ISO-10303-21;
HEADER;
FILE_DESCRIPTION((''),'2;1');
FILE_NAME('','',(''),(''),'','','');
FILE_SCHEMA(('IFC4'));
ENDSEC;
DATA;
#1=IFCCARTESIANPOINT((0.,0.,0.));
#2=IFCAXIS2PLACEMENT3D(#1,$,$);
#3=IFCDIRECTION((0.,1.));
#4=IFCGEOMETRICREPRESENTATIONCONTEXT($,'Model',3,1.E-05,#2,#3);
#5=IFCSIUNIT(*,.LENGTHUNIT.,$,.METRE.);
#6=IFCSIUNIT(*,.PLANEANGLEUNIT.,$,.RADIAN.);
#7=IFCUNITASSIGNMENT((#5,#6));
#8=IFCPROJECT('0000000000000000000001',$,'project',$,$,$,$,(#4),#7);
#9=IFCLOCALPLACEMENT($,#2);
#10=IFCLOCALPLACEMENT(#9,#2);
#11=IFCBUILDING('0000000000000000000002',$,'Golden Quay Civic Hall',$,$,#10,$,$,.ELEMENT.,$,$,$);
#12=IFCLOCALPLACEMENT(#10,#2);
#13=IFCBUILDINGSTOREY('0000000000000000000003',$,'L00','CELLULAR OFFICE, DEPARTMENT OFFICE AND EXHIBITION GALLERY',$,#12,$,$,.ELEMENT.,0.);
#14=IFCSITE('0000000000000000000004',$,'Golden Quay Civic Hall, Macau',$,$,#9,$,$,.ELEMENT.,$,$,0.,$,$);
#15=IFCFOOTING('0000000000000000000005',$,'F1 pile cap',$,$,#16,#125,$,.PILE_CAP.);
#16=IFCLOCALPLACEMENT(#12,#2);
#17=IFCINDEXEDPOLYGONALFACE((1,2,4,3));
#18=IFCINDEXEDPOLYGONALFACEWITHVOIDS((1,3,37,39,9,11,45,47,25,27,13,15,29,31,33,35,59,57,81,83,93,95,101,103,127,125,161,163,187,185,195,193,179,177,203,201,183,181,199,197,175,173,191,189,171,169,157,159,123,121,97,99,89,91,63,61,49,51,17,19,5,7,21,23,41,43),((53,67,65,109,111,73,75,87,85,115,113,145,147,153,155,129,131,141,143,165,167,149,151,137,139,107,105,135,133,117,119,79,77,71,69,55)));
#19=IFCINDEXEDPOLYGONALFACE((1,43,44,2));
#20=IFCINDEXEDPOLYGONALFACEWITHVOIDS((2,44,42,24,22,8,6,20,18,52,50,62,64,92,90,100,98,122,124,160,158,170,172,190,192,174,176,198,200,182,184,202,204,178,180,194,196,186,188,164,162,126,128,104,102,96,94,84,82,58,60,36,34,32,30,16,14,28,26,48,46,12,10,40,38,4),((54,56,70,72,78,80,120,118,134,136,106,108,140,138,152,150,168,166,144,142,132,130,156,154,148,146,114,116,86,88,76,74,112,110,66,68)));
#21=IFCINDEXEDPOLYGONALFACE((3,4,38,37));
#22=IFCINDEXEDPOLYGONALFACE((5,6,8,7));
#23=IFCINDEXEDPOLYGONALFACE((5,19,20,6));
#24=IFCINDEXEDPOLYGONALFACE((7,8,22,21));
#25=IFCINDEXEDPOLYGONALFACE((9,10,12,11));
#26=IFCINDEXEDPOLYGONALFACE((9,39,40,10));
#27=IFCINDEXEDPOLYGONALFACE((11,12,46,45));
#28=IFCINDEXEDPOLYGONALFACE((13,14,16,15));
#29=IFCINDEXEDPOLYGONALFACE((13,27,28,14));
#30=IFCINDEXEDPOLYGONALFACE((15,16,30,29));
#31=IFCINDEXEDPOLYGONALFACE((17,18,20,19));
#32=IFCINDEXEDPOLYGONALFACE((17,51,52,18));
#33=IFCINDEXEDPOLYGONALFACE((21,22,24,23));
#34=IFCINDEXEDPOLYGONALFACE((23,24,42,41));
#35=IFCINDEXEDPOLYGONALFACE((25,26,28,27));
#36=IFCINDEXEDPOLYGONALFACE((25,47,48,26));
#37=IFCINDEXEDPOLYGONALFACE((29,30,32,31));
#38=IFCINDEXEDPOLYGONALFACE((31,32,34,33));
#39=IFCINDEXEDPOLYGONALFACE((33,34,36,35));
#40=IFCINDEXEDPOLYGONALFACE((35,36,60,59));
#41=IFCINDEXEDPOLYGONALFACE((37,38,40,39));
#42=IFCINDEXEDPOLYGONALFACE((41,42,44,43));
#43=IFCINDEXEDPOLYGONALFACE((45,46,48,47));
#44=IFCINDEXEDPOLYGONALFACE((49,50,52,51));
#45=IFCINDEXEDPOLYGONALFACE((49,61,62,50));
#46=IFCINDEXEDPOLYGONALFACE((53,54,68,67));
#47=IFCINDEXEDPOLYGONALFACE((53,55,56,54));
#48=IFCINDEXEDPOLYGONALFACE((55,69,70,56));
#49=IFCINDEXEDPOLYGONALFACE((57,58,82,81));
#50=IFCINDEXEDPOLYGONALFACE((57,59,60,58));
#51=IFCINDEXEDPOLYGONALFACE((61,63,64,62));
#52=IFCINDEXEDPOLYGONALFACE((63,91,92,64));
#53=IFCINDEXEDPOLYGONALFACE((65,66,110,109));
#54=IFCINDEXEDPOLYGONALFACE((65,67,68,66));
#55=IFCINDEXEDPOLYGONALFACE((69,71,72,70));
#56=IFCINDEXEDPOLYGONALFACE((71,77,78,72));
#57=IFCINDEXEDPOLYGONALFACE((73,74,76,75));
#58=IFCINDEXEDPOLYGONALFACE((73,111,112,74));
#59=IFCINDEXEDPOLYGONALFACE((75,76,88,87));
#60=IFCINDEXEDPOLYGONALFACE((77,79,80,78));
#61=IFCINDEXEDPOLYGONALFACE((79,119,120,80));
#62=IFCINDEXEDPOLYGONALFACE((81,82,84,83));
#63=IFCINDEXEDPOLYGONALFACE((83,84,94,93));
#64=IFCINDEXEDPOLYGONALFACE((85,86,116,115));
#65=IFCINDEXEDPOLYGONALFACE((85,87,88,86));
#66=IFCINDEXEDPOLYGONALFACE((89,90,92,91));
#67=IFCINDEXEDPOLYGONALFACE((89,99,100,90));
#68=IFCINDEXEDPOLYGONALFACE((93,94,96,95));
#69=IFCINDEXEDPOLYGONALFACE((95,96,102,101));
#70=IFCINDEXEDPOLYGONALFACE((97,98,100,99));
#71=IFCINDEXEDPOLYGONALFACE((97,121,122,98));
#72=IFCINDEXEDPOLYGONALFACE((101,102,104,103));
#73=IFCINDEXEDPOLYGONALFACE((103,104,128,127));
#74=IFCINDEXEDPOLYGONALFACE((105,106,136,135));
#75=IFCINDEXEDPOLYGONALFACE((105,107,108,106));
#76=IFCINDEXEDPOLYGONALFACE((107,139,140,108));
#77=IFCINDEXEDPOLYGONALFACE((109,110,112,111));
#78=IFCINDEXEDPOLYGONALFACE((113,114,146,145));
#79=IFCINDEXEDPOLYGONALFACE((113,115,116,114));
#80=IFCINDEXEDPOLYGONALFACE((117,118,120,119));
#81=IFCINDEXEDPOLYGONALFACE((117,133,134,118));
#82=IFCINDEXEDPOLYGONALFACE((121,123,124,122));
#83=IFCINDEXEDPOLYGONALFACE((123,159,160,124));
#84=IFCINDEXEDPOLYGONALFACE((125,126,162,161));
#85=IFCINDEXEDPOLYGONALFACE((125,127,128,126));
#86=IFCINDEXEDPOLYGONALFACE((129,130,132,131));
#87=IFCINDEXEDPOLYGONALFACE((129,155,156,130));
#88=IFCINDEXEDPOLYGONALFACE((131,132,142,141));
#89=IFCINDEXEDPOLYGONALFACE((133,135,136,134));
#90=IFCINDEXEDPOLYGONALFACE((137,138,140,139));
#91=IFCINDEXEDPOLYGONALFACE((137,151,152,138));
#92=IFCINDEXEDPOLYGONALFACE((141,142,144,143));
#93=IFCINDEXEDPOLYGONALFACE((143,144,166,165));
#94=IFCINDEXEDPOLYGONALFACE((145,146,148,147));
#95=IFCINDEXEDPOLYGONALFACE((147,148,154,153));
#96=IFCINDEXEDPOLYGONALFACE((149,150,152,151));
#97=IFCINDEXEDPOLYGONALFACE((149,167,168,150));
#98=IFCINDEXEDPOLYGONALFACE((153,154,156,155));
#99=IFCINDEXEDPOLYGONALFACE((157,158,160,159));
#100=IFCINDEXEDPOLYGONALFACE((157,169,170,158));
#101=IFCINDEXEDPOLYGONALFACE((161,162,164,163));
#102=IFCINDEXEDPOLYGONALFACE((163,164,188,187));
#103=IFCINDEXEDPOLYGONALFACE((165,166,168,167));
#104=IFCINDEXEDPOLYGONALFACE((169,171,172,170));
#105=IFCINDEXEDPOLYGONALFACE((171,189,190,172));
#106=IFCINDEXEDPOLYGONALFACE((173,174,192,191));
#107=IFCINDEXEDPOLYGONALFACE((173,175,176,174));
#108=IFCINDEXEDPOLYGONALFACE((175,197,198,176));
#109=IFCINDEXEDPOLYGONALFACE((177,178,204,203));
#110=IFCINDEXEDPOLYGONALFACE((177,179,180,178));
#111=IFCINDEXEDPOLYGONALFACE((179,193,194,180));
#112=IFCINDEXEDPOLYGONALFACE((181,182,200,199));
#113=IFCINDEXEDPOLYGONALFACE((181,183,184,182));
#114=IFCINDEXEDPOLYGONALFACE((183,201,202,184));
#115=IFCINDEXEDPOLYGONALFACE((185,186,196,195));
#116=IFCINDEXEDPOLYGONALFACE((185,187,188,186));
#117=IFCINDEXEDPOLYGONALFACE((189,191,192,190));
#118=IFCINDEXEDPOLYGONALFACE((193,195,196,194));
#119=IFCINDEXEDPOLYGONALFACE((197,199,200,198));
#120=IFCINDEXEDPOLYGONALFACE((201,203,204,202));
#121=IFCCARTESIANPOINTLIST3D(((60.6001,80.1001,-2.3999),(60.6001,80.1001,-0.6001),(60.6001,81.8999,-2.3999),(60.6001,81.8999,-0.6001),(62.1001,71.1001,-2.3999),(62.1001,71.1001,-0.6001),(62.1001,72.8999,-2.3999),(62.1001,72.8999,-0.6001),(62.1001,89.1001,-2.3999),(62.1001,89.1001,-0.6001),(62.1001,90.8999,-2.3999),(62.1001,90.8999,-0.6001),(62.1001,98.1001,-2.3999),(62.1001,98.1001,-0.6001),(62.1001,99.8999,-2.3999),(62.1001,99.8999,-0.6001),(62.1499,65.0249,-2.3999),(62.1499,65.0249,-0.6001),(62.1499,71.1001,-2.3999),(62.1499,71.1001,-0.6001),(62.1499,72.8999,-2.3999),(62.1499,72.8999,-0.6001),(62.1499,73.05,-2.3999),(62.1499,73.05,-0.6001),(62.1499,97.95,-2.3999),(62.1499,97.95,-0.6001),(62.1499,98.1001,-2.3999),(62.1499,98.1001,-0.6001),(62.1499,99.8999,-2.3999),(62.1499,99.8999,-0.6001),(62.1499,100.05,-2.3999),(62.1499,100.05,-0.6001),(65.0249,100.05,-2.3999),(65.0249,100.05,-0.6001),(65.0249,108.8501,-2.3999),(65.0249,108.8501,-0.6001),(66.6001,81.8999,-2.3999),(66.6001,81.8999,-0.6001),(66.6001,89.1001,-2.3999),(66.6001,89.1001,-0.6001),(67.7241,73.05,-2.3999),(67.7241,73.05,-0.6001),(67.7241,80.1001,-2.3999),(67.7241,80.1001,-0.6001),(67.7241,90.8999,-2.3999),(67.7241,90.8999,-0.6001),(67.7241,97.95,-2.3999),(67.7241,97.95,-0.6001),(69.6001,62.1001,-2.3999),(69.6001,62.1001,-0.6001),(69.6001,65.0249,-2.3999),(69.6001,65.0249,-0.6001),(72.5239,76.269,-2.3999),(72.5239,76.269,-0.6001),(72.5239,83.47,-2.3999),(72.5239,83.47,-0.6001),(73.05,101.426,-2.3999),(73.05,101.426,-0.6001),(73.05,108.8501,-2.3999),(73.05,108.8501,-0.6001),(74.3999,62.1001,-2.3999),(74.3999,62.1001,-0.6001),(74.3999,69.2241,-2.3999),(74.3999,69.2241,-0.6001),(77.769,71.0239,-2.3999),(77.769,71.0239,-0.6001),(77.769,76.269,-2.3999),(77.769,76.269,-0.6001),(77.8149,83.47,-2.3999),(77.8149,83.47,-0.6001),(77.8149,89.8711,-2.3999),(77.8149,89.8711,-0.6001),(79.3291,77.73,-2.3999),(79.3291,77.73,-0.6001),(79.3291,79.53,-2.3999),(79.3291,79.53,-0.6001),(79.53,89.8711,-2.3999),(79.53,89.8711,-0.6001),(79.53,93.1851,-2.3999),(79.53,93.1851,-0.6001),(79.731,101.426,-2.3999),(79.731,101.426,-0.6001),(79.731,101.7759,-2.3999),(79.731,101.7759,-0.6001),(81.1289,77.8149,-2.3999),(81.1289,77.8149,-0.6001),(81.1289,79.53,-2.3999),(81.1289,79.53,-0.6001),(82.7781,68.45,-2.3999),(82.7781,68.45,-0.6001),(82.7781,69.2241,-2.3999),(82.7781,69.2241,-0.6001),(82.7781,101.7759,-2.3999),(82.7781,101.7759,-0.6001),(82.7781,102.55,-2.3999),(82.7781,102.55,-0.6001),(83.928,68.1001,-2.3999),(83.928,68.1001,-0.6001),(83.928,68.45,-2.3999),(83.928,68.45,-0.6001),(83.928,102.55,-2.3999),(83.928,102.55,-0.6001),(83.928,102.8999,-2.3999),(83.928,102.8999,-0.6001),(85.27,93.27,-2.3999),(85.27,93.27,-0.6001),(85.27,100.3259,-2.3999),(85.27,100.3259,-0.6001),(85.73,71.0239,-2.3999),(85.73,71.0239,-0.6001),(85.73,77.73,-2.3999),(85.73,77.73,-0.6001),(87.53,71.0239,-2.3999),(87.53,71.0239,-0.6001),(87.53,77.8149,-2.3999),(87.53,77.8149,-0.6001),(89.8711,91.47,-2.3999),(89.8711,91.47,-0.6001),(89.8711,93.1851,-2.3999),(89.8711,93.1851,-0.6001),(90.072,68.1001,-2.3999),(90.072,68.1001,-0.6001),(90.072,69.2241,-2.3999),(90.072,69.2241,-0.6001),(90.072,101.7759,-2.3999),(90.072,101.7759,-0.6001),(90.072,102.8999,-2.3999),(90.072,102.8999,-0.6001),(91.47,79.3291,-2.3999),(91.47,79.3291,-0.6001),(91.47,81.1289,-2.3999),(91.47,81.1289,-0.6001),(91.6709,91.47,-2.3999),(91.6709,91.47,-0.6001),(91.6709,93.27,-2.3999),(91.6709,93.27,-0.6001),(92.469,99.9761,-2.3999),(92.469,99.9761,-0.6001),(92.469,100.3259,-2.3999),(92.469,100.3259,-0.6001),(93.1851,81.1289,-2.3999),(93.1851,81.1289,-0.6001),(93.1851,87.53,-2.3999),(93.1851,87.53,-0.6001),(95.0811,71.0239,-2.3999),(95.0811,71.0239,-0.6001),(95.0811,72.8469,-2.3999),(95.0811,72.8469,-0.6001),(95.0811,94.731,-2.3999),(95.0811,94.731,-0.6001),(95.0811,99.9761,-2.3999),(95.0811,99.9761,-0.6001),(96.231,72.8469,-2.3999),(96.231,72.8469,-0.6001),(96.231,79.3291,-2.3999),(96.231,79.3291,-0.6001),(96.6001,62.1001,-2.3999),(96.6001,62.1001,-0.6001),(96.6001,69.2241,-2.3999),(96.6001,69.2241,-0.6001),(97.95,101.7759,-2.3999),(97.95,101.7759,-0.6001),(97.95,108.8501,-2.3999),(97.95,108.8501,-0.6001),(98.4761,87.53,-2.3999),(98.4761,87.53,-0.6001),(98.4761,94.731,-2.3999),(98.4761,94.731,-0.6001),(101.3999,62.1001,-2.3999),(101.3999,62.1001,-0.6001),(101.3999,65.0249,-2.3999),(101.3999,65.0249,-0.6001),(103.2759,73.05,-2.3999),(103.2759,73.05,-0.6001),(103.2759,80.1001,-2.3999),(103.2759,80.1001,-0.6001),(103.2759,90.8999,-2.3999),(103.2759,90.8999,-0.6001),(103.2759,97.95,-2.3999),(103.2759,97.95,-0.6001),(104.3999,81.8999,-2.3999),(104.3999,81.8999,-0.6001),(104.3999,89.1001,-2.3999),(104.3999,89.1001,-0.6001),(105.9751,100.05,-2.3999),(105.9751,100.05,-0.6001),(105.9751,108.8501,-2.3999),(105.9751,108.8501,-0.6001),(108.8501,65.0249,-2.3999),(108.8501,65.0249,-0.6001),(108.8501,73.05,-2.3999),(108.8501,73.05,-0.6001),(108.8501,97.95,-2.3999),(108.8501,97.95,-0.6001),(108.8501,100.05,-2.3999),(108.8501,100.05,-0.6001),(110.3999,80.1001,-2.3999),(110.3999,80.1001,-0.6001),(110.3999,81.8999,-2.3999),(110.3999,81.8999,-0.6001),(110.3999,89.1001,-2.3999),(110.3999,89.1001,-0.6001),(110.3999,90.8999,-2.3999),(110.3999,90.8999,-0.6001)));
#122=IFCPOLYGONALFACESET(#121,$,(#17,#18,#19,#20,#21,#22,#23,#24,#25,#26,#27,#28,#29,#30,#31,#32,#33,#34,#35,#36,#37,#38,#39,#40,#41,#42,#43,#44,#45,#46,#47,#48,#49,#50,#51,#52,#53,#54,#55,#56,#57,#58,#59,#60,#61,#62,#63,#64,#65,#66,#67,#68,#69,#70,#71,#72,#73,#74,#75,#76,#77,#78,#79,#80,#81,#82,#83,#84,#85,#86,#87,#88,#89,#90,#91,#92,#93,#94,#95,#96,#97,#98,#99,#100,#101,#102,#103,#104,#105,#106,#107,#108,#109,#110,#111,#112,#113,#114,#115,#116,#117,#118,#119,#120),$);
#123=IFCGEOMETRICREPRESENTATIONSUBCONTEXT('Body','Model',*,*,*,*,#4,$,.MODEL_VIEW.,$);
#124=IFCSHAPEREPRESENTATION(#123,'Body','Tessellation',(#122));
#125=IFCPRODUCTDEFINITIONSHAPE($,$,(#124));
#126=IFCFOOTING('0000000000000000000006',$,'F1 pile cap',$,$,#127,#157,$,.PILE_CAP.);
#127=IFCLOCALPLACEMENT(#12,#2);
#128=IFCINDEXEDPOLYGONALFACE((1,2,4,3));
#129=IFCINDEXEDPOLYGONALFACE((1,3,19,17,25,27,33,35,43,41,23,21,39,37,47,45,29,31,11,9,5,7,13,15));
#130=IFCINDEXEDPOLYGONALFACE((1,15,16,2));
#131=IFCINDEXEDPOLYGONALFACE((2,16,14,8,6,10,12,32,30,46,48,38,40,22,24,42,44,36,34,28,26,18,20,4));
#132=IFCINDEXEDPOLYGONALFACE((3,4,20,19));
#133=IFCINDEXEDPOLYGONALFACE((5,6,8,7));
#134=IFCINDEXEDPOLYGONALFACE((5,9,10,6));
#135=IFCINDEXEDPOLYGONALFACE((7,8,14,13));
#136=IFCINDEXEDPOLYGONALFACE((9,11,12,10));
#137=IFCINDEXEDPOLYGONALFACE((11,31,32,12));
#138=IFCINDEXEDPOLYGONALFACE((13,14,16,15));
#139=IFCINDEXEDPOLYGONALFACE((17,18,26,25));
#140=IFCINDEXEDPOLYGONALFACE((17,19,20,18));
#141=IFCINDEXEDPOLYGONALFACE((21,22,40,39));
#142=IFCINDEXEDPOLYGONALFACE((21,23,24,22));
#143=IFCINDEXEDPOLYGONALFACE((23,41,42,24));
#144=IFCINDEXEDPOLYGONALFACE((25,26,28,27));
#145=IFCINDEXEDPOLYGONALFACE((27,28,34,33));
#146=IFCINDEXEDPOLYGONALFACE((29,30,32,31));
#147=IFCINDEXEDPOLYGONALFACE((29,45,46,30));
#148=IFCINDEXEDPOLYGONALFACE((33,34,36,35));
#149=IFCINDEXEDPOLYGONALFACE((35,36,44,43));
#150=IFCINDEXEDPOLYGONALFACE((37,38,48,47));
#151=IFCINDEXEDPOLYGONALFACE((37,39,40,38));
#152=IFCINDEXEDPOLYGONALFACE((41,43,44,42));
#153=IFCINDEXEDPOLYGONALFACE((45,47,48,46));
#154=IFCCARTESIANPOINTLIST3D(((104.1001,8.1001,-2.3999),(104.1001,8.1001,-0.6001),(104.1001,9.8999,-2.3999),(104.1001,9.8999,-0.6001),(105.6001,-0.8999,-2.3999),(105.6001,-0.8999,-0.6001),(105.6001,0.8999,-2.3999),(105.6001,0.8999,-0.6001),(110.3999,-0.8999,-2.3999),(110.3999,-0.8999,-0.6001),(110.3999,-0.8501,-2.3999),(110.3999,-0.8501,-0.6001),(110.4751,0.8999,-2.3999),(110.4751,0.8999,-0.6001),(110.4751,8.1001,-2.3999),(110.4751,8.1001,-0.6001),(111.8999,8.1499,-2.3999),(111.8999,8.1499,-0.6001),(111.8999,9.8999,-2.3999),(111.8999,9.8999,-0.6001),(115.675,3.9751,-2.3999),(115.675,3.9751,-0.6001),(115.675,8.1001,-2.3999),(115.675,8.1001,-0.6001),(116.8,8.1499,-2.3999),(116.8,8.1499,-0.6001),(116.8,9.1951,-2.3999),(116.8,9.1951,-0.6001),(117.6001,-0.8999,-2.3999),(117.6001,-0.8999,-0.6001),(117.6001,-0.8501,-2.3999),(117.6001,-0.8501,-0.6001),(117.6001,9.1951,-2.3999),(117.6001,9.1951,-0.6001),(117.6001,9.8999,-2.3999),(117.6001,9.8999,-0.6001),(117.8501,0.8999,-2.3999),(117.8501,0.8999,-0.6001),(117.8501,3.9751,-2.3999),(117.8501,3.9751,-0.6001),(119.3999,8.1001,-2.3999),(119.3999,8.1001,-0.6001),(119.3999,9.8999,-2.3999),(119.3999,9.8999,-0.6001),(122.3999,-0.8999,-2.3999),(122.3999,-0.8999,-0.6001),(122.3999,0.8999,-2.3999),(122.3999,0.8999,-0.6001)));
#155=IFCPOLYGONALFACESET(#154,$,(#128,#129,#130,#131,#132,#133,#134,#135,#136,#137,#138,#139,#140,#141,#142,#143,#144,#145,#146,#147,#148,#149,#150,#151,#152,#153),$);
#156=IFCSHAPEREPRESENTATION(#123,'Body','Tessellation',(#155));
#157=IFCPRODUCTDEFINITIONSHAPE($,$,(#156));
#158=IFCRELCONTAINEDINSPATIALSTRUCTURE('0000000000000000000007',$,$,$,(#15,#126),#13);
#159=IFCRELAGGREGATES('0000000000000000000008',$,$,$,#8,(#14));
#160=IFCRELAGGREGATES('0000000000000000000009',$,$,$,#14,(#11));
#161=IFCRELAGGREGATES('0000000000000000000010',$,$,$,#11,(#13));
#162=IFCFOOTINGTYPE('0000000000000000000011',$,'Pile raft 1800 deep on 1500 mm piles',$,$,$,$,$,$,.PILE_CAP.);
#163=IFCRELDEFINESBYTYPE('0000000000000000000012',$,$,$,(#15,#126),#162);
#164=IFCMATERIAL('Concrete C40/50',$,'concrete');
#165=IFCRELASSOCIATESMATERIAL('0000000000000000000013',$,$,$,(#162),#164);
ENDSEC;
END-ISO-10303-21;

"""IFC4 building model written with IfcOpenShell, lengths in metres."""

from ifc_helpers import new_model, si_unit, direction, frame, origin, place, context, subcontext, project, spatial, polyline, outline, extrude, material, type_object, element, save


model = new_model("IFC4")

# Units and contexts
model_context = context("Model", 3, precision=1e-05, world=origin(), true_north=direction((0.0, 1.0)))
body_context = subcontext(model_context, "Body", "Model", "MODEL_VIEW")
ifc_project = project(units=[si_unit("LENGTHUNIT", "METRE"), si_unit("PLANEANGLEUNIT", "RADIAN")], contexts=[model_context])

# Site, building, storey
site_placement = place(None, origin())
site = spatial("IfcSite", under=ifc_project, at=site_placement, Name="Golden Quay Civic Hall, Macau", CompositionType="ELEMENT", RefElevation=0.0)
building_placement = place(site_placement, origin())
building = spatial("IfcBuilding", under=site, at=building_placement, Name="Golden Quay Civic Hall", CompositionType="ELEMENT")
storey_placement = place(building_placement, origin())
storey = spatial("IfcBuildingStorey", under=building, at=storey_placement, Name="L00", Description="CELLULAR OFFICE, DEPARTMENT OFFICE AND EXHIBITION GALLERY", CompositionType="ELEMENT", Elevation=0.0)

# Footings
ifc_material_1 = material(Name="Concrete C40/50", Category="concrete")
footing_type_1 = type_object("IfcFootingType", Name="Pile raft 1800 deep on 1500 mm piles", PredefinedType="PILE_CAP", material=ifc_material_1)
footing_1_placement = place(storey_placement, frame((0.0, 0.0, -2.3999)))
element("IfcFooting", 1, at=footing_1_placement, inside=storey, type_object=footing_type_1, Name="F1 pile cap", PredefinedType="PILE_CAP", context=body_context, shape_type="SweptSolid", body=[
    extrude(outline(polyline([(62.1001, 72.8999), (62.1499, 72.8999), (62.1499, 73.05), (67.7241, 73.05), (67.7241, 80.1001), (60.6001, 80.1001), (60.6001, 81.8999), (66.6001, 81.8999), (66.6001, 89.1001), (62.1001, 89.1001), (62.1001, 90.8999), (67.7241, 90.8999), (67.7241, 97.95), (62.1499, 97.95), (62.1499, 98.1001), (62.1001, 98.1001), (62.1001, 99.8999), (62.1499, 99.8999), (62.1499, 100.05), (65.0249, 100.05), (65.0249, 108.8501), (73.05, 108.8501), (73.05, 101.426), (79.731, 101.426), (79.731, 101.7759), (82.7781, 101.7759), (82.7781, 102.55), (83.928, 102.55), (83.928, 102.8999), (90.072, 102.8999), (90.072, 101.7759), (97.95, 101.7759), (97.95, 108.8501), (105.9751, 108.8501), (105.9751, 100.05), (108.8501, 100.05), (108.8501, 97.95), (103.2759, 97.95), (103.2759, 90.8999), (110.3999, 90.8999), (110.3999, 89.1001), (104.3999, 89.1001), (104.3999, 81.8999), (110.3999, 81.8999), (110.3999, 80.1001), (103.2759, 80.1001), (103.2759, 73.05), (108.8501, 73.05), (108.8501, 65.0249), (101.3999, 65.0249), (101.3999, 62.1001), (96.6001, 62.1001), (96.6001, 69.2241), (90.072, 69.2241), (90.072, 68.1001), (83.928, 68.1001), (83.928, 68.45), (82.7781, 68.45), (82.7781, 69.2241), (74.3999, 69.2241), (74.3999, 62.1001), (69.6001, 62.1001), (69.6001, 65.0249), (62.1499, 65.0249), (62.1499, 71.1001), (62.1001, 71.1001), (62.1001, 72.8999)]), holes=[polyline([(77.769, 76.269), (77.769, 71.0239), (85.73, 71.0239), (85.73, 77.73), (79.3291, 77.73), (79.3291, 79.53), (81.1289, 79.53), (81.1289, 77.8149), (87.53, 77.8149), (87.53, 71.0239), (95.0811, 71.0239), (95.0811, 72.8469), (96.231, 72.8469), (96.231, 79.3291), (91.47, 79.3291), (91.47, 81.1289), (93.1851, 81.1289), (93.1851, 87.53), (98.4761, 87.53), (98.4761, 94.731), (95.0811, 94.731), (95.0811, 99.9761), (92.469, 99.9761), (92.469, 100.3259), (85.27, 100.3259), (85.27, 93.27), (91.6709, 93.27), (91.6709, 91.47), (89.8711, 91.47), (89.8711, 93.1851), (79.53, 93.1851), (79.53, 89.8711), (77.8149, 89.8711), (77.8149, 83.47), (72.5239, 83.47), (72.5239, 76.269), (77.769, 76.269)])]), origin(), (0.0, 0.0, 1.0), 1.7998),
])
footing_2_placement = place(storey_placement, frame((0.0, 0.0, -2.3999)))
element("IfcFooting", 2, at=footing_2_placement, inside=storey, type_object=footing_type_1, Name="F1 pile cap", PredefinedType="PILE_CAP", context=body_context, shape_type="SweptSolid", body=[
    extrude(outline(polyline([(104.1001, 8.1001), (104.1001, 9.8999), (111.8999, 9.8999), (111.8999, 8.1499), (116.8, 8.1499), (116.8, 9.1951), (117.6001, 9.1951), (117.6001, 9.8999), (119.3999, 9.8999), (119.3999, 8.1001), (115.675, 8.1001), (115.675, 3.9751), (117.8501, 3.9751), (117.8501, 0.8999), (122.3999, 0.8999), (122.3999, -0.8999), (117.6001, -0.8999), (117.6001, -0.8501), (110.3999, -0.8501), (110.3999, -0.8999), (105.6001, -0.8999), (105.6001, 0.8999), (110.4751, 0.8999), (110.4751, 8.1001), (104.1001, 8.1001)])), origin(), (0.0, 0.0, 1.0), 1.7998),
])

save(model, "model.ifc")
